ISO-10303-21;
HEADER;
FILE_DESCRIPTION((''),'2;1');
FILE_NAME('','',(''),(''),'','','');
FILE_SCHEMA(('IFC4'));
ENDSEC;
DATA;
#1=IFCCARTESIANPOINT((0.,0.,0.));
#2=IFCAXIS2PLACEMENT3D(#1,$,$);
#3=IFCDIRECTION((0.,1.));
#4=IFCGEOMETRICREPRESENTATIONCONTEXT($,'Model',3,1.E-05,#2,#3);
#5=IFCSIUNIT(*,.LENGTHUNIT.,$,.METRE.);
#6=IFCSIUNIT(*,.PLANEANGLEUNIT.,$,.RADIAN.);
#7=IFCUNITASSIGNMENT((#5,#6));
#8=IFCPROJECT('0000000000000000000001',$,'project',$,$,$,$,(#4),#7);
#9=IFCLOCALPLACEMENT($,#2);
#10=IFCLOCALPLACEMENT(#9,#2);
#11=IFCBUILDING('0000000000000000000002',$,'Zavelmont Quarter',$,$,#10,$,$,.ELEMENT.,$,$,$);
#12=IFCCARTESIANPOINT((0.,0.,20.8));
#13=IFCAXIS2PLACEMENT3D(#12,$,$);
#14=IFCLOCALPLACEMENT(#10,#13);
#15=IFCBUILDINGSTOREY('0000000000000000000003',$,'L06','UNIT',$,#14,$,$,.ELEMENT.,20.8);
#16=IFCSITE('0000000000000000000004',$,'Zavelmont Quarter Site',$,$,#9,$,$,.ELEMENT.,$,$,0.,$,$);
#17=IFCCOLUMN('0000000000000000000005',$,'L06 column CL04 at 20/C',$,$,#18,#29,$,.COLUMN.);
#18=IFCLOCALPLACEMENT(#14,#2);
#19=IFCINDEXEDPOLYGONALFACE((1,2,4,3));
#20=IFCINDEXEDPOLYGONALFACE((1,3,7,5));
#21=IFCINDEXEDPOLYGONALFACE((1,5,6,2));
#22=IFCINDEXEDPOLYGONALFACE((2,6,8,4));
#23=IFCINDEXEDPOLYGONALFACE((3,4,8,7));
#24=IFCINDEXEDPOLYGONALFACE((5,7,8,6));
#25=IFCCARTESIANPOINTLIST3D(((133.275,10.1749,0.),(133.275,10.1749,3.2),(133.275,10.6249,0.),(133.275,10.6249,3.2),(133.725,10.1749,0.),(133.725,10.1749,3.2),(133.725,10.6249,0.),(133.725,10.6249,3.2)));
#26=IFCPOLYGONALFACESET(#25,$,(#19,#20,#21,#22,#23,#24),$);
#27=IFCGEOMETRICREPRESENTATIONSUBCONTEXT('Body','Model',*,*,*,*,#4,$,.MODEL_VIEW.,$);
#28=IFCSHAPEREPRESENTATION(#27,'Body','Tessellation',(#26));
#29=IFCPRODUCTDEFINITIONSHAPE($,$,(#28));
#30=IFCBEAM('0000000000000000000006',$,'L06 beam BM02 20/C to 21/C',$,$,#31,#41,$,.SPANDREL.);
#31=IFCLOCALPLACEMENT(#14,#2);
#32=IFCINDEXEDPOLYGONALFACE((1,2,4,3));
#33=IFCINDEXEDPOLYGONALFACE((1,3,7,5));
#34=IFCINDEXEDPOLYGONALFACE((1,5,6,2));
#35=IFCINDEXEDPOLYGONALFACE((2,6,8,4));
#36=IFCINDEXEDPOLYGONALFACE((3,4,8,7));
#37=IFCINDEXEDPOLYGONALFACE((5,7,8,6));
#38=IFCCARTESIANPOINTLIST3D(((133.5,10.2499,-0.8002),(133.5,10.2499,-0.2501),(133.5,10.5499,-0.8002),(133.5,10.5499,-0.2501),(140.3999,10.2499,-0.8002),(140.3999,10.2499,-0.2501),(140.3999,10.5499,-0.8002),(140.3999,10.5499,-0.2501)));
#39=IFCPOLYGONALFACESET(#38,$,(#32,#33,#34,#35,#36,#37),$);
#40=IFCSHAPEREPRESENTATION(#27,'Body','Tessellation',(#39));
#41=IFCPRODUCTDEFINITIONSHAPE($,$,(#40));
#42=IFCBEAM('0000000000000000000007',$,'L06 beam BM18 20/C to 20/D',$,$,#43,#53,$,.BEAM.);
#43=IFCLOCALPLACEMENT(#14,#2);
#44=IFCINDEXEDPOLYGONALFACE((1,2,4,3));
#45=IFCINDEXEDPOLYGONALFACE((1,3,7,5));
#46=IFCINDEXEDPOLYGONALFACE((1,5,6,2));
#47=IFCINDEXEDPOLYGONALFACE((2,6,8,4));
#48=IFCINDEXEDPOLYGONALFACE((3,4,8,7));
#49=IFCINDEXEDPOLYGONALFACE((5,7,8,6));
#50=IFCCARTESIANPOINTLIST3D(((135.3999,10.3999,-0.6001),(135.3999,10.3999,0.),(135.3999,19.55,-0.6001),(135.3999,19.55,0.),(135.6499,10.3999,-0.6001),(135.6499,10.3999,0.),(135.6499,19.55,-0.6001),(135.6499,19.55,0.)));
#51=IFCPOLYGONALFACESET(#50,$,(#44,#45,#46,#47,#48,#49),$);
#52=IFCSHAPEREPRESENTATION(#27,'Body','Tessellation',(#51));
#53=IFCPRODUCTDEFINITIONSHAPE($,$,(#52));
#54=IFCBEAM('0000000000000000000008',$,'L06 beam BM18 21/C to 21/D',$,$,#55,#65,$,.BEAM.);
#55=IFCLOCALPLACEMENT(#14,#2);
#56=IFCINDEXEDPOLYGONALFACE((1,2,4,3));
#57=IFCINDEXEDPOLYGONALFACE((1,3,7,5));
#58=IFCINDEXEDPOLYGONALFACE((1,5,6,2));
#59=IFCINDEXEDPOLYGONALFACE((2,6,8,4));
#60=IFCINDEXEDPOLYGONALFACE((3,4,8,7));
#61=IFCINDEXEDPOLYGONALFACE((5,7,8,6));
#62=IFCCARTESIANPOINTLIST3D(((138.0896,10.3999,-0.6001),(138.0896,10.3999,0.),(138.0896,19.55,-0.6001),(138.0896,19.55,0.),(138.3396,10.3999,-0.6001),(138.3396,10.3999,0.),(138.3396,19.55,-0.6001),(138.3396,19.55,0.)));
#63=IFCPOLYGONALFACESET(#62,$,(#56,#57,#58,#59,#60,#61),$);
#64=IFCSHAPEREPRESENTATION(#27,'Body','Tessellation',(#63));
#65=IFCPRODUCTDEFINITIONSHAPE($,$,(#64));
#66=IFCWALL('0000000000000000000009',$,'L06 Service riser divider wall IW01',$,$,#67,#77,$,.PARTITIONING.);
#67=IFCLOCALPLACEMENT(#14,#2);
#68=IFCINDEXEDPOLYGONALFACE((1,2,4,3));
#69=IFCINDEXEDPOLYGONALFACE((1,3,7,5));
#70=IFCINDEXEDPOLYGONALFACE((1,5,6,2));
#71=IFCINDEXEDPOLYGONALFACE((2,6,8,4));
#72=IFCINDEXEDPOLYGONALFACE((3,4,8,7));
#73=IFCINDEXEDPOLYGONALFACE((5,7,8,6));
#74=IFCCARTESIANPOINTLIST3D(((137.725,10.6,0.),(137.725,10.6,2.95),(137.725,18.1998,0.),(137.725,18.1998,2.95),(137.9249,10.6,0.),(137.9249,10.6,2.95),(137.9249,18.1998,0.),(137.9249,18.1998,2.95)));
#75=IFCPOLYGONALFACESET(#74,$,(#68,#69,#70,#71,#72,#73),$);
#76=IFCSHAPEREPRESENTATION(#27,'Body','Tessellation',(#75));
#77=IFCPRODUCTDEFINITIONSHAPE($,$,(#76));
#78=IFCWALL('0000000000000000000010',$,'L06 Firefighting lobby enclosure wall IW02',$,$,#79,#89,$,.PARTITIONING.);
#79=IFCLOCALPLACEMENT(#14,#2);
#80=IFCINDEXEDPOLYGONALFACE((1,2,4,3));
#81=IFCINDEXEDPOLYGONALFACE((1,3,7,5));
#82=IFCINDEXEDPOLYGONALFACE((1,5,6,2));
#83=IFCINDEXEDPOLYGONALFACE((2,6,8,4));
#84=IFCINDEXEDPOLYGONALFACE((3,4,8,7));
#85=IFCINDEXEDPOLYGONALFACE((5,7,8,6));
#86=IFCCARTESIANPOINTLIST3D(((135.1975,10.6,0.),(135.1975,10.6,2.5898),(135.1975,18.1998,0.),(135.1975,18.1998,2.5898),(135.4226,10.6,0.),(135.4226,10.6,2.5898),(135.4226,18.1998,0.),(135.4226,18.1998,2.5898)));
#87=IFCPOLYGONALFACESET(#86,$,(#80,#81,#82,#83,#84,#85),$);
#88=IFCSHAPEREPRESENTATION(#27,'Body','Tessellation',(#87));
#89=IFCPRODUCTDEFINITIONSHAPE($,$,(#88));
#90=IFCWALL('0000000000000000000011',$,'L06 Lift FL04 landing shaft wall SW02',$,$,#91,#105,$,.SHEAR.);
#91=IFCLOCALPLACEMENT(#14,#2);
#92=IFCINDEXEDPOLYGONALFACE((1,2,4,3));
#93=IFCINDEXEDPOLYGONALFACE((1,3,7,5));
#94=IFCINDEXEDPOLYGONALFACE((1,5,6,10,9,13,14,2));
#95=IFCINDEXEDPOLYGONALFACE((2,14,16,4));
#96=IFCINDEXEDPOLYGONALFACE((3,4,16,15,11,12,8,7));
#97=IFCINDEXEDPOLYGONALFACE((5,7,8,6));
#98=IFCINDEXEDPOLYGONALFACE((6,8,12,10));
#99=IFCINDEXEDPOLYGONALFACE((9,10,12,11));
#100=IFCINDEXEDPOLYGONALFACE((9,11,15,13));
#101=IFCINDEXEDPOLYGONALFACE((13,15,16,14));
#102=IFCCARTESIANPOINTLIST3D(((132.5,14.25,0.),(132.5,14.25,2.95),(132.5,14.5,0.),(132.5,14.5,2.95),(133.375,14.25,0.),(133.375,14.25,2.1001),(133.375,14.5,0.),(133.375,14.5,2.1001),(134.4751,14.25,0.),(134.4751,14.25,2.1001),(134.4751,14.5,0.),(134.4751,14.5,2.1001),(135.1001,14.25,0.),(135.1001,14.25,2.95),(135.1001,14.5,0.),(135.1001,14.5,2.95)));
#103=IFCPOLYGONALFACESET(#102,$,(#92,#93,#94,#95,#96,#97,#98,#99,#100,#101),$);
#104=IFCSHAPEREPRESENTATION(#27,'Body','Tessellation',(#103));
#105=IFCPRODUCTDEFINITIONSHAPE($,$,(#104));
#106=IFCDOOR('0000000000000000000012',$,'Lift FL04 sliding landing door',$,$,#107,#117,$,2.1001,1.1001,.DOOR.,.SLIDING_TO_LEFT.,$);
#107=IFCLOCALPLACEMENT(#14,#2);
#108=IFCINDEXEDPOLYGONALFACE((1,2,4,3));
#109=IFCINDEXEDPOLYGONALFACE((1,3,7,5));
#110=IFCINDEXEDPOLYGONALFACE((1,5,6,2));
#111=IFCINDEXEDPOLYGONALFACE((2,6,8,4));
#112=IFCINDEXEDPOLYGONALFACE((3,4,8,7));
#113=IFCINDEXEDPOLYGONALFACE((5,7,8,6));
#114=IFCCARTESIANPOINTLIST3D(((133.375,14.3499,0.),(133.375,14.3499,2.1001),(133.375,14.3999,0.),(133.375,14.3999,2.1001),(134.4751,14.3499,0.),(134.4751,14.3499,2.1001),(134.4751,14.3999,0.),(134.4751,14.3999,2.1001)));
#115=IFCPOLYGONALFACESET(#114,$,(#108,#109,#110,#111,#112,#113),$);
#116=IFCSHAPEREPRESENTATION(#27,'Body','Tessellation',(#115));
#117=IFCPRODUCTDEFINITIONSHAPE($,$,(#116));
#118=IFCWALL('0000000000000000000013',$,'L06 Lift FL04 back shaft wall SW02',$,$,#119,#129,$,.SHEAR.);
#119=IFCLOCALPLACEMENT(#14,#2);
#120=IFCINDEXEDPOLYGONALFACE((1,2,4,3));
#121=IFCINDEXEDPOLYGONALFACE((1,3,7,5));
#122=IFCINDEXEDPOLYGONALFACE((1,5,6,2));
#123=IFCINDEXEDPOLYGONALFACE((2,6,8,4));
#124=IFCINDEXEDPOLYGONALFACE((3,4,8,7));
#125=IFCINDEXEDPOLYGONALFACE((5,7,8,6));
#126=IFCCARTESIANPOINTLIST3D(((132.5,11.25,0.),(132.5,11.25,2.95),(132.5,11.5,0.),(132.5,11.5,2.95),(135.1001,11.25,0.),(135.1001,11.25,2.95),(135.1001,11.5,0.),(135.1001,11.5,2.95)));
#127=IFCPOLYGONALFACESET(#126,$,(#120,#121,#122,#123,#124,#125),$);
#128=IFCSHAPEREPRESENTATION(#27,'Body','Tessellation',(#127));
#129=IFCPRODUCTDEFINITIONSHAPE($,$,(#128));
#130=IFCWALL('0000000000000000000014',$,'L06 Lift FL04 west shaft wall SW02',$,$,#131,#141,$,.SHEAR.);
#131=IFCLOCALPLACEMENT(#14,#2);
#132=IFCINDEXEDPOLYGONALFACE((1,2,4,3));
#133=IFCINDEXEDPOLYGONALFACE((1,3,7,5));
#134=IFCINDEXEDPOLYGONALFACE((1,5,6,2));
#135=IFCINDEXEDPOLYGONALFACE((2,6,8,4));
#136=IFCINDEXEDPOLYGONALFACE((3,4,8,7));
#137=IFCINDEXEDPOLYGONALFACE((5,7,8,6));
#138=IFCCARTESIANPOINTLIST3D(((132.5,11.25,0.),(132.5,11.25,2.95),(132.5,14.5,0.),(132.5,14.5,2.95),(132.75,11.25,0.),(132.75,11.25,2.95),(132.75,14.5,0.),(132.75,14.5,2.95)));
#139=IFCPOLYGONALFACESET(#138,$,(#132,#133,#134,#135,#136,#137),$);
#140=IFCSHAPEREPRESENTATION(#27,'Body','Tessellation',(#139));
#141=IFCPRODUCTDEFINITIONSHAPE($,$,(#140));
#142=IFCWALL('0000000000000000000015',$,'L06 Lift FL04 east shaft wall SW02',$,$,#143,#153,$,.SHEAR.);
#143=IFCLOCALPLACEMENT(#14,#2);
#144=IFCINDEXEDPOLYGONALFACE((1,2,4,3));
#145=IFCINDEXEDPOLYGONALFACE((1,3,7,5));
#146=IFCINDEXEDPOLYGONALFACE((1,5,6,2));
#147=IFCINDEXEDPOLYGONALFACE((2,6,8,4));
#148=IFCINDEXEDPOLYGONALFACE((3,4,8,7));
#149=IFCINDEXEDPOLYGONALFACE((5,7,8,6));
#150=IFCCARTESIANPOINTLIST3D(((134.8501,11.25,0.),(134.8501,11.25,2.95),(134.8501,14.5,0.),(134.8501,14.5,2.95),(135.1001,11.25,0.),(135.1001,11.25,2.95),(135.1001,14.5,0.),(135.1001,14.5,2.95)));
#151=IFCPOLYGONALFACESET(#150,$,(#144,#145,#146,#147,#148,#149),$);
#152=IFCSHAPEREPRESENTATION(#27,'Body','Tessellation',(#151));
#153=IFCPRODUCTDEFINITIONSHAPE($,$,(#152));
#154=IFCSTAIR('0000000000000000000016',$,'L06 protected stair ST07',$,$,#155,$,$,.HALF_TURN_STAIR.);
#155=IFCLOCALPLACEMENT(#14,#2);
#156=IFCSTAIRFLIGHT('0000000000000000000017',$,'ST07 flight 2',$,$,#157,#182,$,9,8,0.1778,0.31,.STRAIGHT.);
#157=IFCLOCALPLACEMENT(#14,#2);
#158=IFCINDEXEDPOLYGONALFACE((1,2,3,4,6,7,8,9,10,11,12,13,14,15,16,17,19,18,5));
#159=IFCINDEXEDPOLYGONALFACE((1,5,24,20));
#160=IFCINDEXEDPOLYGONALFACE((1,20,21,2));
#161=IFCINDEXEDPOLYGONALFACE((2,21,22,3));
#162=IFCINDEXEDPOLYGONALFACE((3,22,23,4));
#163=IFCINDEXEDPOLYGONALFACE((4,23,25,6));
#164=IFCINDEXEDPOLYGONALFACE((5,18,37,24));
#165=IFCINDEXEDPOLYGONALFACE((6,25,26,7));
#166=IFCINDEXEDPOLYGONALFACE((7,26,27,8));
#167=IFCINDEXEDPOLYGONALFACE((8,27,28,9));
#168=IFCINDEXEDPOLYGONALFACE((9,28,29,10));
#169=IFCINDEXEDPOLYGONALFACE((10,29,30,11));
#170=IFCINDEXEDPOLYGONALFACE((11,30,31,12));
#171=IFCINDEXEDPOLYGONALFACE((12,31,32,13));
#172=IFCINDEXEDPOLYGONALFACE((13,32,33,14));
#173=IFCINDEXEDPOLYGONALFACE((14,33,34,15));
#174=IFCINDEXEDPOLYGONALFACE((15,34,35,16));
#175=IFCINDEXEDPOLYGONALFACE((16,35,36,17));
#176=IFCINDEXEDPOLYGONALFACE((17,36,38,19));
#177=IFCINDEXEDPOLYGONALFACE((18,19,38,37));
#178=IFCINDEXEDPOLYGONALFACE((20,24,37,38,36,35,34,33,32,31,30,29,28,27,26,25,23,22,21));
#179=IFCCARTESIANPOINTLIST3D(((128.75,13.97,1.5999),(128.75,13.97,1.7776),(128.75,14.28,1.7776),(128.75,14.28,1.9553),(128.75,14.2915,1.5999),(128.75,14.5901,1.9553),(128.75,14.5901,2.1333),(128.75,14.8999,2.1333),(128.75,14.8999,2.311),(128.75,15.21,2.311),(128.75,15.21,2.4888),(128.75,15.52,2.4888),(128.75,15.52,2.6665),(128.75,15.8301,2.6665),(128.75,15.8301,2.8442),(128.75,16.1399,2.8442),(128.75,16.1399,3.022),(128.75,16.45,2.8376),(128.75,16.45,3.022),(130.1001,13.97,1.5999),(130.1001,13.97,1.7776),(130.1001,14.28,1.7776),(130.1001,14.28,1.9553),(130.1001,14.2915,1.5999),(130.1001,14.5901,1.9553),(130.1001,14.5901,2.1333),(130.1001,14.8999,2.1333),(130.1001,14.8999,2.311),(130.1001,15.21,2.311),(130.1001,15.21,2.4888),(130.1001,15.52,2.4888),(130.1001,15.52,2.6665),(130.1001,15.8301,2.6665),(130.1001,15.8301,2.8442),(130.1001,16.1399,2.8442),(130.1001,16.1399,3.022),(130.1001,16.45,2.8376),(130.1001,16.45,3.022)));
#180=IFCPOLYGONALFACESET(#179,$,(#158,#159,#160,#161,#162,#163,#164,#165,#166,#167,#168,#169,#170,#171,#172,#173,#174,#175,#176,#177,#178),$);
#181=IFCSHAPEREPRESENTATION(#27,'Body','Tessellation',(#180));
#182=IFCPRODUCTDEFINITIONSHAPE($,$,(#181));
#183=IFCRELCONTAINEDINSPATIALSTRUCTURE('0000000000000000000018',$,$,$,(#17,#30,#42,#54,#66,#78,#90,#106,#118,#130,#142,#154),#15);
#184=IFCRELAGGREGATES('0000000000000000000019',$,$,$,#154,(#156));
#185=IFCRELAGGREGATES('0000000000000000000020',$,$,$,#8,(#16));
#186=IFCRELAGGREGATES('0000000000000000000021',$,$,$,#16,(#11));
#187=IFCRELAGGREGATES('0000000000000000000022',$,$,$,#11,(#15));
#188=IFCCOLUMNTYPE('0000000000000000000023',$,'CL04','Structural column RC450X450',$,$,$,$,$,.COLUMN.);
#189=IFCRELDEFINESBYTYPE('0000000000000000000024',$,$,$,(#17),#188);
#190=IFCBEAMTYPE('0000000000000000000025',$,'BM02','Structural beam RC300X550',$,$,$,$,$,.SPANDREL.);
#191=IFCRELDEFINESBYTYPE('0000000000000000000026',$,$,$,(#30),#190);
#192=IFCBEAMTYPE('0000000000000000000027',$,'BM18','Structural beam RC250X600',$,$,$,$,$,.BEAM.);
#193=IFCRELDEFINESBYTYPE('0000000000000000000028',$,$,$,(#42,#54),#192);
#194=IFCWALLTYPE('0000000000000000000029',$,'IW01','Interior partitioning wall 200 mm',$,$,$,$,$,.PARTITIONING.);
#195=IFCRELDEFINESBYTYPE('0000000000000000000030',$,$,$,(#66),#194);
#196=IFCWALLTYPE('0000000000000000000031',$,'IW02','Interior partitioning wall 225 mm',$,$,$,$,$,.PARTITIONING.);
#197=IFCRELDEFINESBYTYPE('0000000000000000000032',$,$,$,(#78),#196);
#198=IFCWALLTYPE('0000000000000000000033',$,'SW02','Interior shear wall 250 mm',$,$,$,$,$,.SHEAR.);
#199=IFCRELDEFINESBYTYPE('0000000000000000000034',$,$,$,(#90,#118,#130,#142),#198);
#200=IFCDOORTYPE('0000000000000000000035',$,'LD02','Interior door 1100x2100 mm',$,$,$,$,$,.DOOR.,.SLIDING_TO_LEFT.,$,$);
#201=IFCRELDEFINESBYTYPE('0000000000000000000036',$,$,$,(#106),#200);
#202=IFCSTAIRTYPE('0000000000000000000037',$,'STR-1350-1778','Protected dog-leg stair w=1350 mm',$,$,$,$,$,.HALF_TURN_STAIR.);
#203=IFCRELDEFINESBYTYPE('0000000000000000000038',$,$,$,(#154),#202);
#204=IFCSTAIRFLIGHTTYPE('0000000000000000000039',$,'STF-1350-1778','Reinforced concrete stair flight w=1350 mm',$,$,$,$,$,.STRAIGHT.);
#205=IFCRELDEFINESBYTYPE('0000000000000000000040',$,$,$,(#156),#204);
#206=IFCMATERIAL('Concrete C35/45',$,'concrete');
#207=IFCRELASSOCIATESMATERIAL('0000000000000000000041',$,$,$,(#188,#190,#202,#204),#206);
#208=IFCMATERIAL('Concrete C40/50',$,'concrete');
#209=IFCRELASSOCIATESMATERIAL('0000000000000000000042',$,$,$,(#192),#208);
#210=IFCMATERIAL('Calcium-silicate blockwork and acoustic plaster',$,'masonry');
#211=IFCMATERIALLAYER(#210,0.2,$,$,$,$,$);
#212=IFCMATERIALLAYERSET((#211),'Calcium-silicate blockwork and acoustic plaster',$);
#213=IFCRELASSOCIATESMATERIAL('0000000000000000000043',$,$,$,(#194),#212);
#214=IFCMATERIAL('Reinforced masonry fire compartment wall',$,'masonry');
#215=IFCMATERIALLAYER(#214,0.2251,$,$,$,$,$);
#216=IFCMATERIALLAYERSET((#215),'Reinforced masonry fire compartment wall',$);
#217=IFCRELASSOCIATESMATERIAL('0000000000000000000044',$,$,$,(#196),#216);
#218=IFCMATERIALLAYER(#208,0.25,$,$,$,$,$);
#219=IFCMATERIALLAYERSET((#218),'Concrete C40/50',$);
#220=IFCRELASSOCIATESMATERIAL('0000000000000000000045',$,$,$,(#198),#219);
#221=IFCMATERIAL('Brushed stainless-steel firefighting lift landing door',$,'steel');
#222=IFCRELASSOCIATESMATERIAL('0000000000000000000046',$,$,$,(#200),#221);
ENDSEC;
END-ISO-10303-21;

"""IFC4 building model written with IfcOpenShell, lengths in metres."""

from ifc_helpers import new_model, si_unit, direction, frame, frame_2d, origin, origin_with_axes, origin_2d, place, context, subcontext, project, spatial, polyline, rectangle, outline, extrude, material, layer, layer_set, material_profile, profile_set, type_object, element, fill, aggregate, save


model = new_model("IFC4")

# Units and contexts
model_context = context("Model", 3, precision=1e-05, world=origin(), true_north=direction((0.0, 1.0)))
body_context = subcontext(model_context, "Body", "Model", "MODEL_VIEW")
ifc_project = project(units=[si_unit("LENGTHUNIT", "METRE"), si_unit("PLANEANGLEUNIT", "RADIAN")], contexts=[model_context])

# Site, building, storey
site_placement = place(None, origin())
site = spatial("IfcSite", under=ifc_project, at=site_placement, Name="Zavelmont Quarter Site", CompositionType="ELEMENT", RefElevation=0.0)
building_placement = place(site_placement, origin())
building = spatial("IfcBuilding", under=site, at=building_placement, Name="Zavelmont Quarter", CompositionType="ELEMENT")
storey_placement = place(building_placement, frame((0.0, 0.0, 20.8)))
storey = spatial("IfcBuildingStorey", under=building, at=storey_placement, Name="L06", Description="UNIT", CompositionType="ELEMENT", Elevation=20.8)

# Column
ifc_material_1 = material(Name="Concrete C35/45", Category="concrete")
ifc_material_profile_1 = material_profile(ifc_material_1, rectangle(XDim=0.45, YDim=0.45, at=origin_2d()), Name="RC450X450")
ifc_profile_set_1 = profile_set([ifc_material_profile_1], Name="Concrete C35/45")
column_type = type_object("IfcColumnType", Name="CL04", Description="Structural column RC450X450", PredefinedType="COLUMN", material=ifc_profile_set_1)
column_placement = place(storey_placement, frame((133.5, 10.3999, 0.0), z_axis=(0.0, 0.0, 1.0), x_axis=(1.0, 0.0, 0.0)))
element("IfcColumn", 1, at=column_placement, inside=storey, type_object=column_type, Name="L06 column CL04 at 20/C", PredefinedType="COLUMN", context=body_context, shape_type="SweptSolid", body=[
    extrude(rectangle(XDim=0.45, YDim=0.45, at=origin_2d()), origin(), (0.0, 0.0, 1.0), 3.2),
])

# Beams
ifc_material_profile_2 = material_profile(ifc_material_1, rectangle(XDim=0.3, YDim=0.55, at=origin_2d()), Name="RC300X550")
ifc_profile_set_2 = profile_set([ifc_material_profile_2], Name="Concrete C35/45")
beam_type_1 = type_object("IfcBeamType", Name="BM02", Description="Structural beam RC300X550", PredefinedType="SPANDREL", material=ifc_profile_set_2)
beam_placement = place(storey_placement, frame((133.5, 10.3999, -0.5251), z_axis=(1.0, 0.0, 0.0), x_axis=(0.0, 1.0, 0.0)))
element("IfcBeam", 2, at=beam_placement, inside=storey, type_object=beam_type_1, Name="L06 beam BM02 20/C to 21/C", PredefinedType="SPANDREL", context=body_context, shape_type="SweptSolid", body=[
    extrude(rectangle(XDim=0.3, YDim=0.55, at=origin_2d()), origin(), (0.0, 0.0, 1.0), 6.8999),
])
ifc_material_2 = material(Name="Concrete C40/50", Category="concrete")
ifc_material_profile_3 = material_profile(ifc_material_2, rectangle(XDim=0.25, YDim=0.6001, at=origin_2d()), Name="RC250X600")
ifc_profile_set_3 = profile_set([ifc_material_profile_3], Name="Concrete C40/50")
beam_type_2 = type_object("IfcBeamType", Name="BM18", Description="Structural beam RC250X600", PredefinedType="BEAM", material=ifc_profile_set_3)
for number, where, z_axis, x_axis, name in (
    (3, (135.5249, 10.3999, -0.3), (0.0, 1.0, 0.0), (-1.0, 0.0, 0.0), "L06 beam BM18 20/C to 20/D"),
    (4, (138.2146, 10.3999, -0.3), (0.0, 1.0, 0.0), (-1.0, 0.0, 0.0), "L06 beam BM18 21/C to 21/D"),
):
    element("IfcBeam", number, at=place(storey_placement, frame(where, z_axis=z_axis, x_axis=x_axis)), inside=storey, type_object=beam_type_2, Name=name, PredefinedType="BEAM", context=body_context, shape_type="SweptSolid", body=[
        extrude(rectangle(XDim=0.25, YDim=0.6001, at=origin_2d()), origin(), (0.0, 0.0, 1.0), 9.1501),
    ])

# Walls
ifc_material_3 = material(Name="Calcium-silicate blockwork and acoustic plaster", Category="masonry")
ifc_layer_1 = layer(ifc_material_3, 0.2)
ifc_layer_set_1 = layer_set([ifc_layer_1], Name="Calcium-silicate blockwork and acoustic plaster")
wall_type_1 = type_object("IfcWallType", Name="IW01", Description="Interior partitioning wall 200 mm", PredefinedType="PARTITIONING", material=ifc_layer_set_1)
wall_1_placement = place(storey_placement, frame((137.825, 10.6001, 0.0), z_axis=(0.0, 0.0, 1.0), x_axis=(0.0, 1.0, 0.0)))
element("IfcWall", 5, at=wall_1_placement, inside=storey, type_object=wall_type_1, Name="L06 Service riser divider wall IW01", PredefinedType="PARTITIONING", context=body_context, shape_type="SweptSolid", body=[
    extrude(rectangle(XDim=7.5999, YDim=0.2, at=frame_2d((3.7998, 0.0))), origin(), (0.0, 0.0, 1.0), 2.95),
])
ifc_material_4 = material(Name="Reinforced masonry fire compartment wall", Category="masonry")
ifc_layer_2 = layer(ifc_material_4, 0.2251)
ifc_layer_set_2 = layer_set([ifc_layer_2], Name="Reinforced masonry fire compartment wall")
wall_type_2 = type_object("IfcWallType", Name="IW02", Description="Interior partitioning wall 225 mm", PredefinedType="PARTITIONING", material=ifc_layer_set_2)
wall_2_placement = place(storey_placement, frame((135.3101, 10.6001, 0.0), z_axis=(0.0, 0.0, 1.0), x_axis=(0.0, 1.0, 0.0)))
element("IfcWall", 6, at=wall_2_placement, inside=storey, type_object=wall_type_2, Name="L06 Firefighting lobby enclosure wall IW02", PredefinedType="PARTITIONING", context=body_context, shape_type="SweptSolid", body=[
    extrude(rectangle(XDim=7.5999, YDim=0.2251, at=frame_2d((3.7998, 0.0))), origin(), (0.0, 0.0, 1.0), 2.5898),
])

# Wall, opening, door
ifc_layer_3 = layer(ifc_material_2, 0.25)
ifc_layer_set_3 = layer_set([ifc_layer_3], Name="Concrete C40/50")
wall_type_3 = type_object("IfcWallType", Name="SW02", Description="Interior shear wall 250 mm", PredefinedType="SHEAR", material=ifc_layer_set_3)
wall_3_placement = place(storey_placement, frame((132.5, 14.375, 0.0), z_axis=(0.0, 0.0, 1.0), x_axis=(1.0, 0.0, 0.0)))
wall_3 = element("IfcWall", 7, at=wall_3_placement, inside=storey, type_object=wall_type_3, Name="L06 Lift FL04 landing shaft wall SW02", PredefinedType="SHEAR", context=body_context, shape_type="SweptSolid", body=[
    extrude(rectangle(XDim=2.6001, YDim=0.25, at=frame_2d((1.3, 0.0))), origin(), (0.0, 0.0, 1.0), 2.95),
])
opening_1_placement = place(wall_3_placement, frame((0.875, 0.0, 0.0)))
opening_1 = element("IfcOpeningElement", 8, at=opening_1_placement, cuts=wall_3, PredefinedType="OPENING", context=body_context, shape_type="SweptSolid", body=[
    extrude(rectangle(XDim=1.1001, YDim=2.1001, at=frame_2d((0.55, 1.05))), frame((0.0, 0.137, 0.0), z_axis=(0.0, -1.0, 0.0), x_axis=(1.0, 0.0, 0.0)), (0.0, 0.0, 1.0), 0.2739),
])
ifc_material_5 = material(Name="Brushed stainless-steel firefighting lift landing door", Category="steel")
door_type_1 = type_object("IfcDoorType", Name="LD02", Description="Interior door 1100x2100 mm", OperationType="SLIDING_TO_LEFT", PredefinedType="DOOR", material=ifc_material_5)
door_1_placement = place(opening_1_placement, origin_with_axes())
door_1 = element("IfcDoor", 9, at=door_1_placement, inside=storey, type_object=door_type_1, Name="Lift FL04 sliding landing door", OperationType="SLIDING_TO_LEFT", OverallHeight=2.1001, OverallWidth=1.1001, PredefinedType="DOOR", context=body_context, shape_type="SweptSolid", body=[
    extrude(rectangle(XDim=1.1001, YDim=2.1001, at=frame_2d((0.55, 1.05))), frame((0.0, 0.0249, 0.0), z_axis=(0.0, -1.0, 0.0), x_axis=(1.0, 0.0, 0.0)), (0.0, 0.0, 1.0), 0.05),
])
fill(opening_1, door_1)

# Walls
wall_4_placement = place(storey_placement, frame((132.5, 11.375, 0.0), z_axis=(0.0, 0.0, 1.0), x_axis=(1.0, 0.0, 0.0)))
element("IfcWall", 10, at=wall_4_placement, inside=storey, type_object=wall_type_3, Name="L06 Lift FL04 back shaft wall SW02", PredefinedType="SHEAR", context=body_context, shape_type="SweptSolid", body=[
    extrude(rectangle(XDim=2.6001, YDim=0.25, at=frame_2d((1.3, 0.0))), origin(), (0.0, 0.0, 1.0), 2.95),
])
for number, where, z_axis, x_axis, name in (
    (11, (132.625, 11.25, 0.0), (0.0, 0.0, 1.0), (0.0, 1.0, 0.0), "L06 Lift FL04 west shaft wall SW02"),
    (12, (134.9751, 11.25, 0.0), (0.0, 0.0, 1.0), (0.0, 1.0, 0.0), "L06 Lift FL04 east shaft wall SW02"),
):
    element("IfcWall", number, at=place(storey_placement, frame(where, z_axis=z_axis, x_axis=x_axis)), inside=storey, type_object=wall_type_3, Name=name, PredefinedType="SHEAR", context=body_context, shape_type="SweptSolid", body=[
        extrude(rectangle(XDim=3.25, YDim=0.25, at=frame_2d((1.625, 0.0))), origin(), (0.0, 0.0, 1.0), 2.95),
    ])

# Stair, stair flight
stair_type = type_object("IfcStairType", Name="STR-1350-1778", Description="Protected dog-leg stair w=1350 mm", PredefinedType="HALF_TURN_STAIR", material=ifc_material_1)
stair_placement = place(storey_placement, origin())
stair = element("IfcStair", 13, at=stair_placement, inside=storey, type_object=stair_type, Name="L06 protected stair ST07", PredefinedType="HALF_TURN_STAIR")
stair_flight_type = type_object("IfcStairFlightType", Name="STF-1350-1778", Description="Reinforced concrete stair flight w=1350 mm", PredefinedType="STRAIGHT", material=ifc_material_1)
stair_flight_placement = place(storey_placement, frame((129.425, 13.97, 1.5999), z_axis=(0.0, 0.0, 1.0), x_axis=(0.0, 1.0, 0.0)))
stair_flight = element("IfcStairFlight", 14, at=stair_flight_placement, type_object=stair_flight_type, Name="ST07 flight 2", NumberOfRisers=9, NumberOfTreads=8, PredefinedType="STRAIGHT", RiserHeight=0.1778, TreadLength=0.31, context=body_context, shape_type="SweptSolid", body=[
    extrude(outline(polyline([(0.0, 0.0), (0.0, 0.1777), (0.3101, 0.1777), (0.3101, 0.3555), (0.6201, 0.3555), (0.6201, 0.5334), (0.9299, 0.5334), (0.9299, 0.7112), (1.24, 0.7112), (1.24, 0.8889), (1.55, 0.8889), (1.55, 1.0667), (1.8601, 1.0667), (1.8601, 1.2444), (2.1699, 1.2444), (2.1699, 1.4221), (2.48, 1.4221), (2.48, 1.6001), (2.48, 1.2378), (0.3215, 0.0), (0.0, 0.0)])), frame((0.0, 0.675, 0.0), z_axis=(0.0, -1.0, 0.0), x_axis=(1.0, 0.0, 0.0)), (0.0, 0.0, 1.0), 1.3501),
])
aggregate(stair, [stair_flight])

save(model, "model.ifc")
